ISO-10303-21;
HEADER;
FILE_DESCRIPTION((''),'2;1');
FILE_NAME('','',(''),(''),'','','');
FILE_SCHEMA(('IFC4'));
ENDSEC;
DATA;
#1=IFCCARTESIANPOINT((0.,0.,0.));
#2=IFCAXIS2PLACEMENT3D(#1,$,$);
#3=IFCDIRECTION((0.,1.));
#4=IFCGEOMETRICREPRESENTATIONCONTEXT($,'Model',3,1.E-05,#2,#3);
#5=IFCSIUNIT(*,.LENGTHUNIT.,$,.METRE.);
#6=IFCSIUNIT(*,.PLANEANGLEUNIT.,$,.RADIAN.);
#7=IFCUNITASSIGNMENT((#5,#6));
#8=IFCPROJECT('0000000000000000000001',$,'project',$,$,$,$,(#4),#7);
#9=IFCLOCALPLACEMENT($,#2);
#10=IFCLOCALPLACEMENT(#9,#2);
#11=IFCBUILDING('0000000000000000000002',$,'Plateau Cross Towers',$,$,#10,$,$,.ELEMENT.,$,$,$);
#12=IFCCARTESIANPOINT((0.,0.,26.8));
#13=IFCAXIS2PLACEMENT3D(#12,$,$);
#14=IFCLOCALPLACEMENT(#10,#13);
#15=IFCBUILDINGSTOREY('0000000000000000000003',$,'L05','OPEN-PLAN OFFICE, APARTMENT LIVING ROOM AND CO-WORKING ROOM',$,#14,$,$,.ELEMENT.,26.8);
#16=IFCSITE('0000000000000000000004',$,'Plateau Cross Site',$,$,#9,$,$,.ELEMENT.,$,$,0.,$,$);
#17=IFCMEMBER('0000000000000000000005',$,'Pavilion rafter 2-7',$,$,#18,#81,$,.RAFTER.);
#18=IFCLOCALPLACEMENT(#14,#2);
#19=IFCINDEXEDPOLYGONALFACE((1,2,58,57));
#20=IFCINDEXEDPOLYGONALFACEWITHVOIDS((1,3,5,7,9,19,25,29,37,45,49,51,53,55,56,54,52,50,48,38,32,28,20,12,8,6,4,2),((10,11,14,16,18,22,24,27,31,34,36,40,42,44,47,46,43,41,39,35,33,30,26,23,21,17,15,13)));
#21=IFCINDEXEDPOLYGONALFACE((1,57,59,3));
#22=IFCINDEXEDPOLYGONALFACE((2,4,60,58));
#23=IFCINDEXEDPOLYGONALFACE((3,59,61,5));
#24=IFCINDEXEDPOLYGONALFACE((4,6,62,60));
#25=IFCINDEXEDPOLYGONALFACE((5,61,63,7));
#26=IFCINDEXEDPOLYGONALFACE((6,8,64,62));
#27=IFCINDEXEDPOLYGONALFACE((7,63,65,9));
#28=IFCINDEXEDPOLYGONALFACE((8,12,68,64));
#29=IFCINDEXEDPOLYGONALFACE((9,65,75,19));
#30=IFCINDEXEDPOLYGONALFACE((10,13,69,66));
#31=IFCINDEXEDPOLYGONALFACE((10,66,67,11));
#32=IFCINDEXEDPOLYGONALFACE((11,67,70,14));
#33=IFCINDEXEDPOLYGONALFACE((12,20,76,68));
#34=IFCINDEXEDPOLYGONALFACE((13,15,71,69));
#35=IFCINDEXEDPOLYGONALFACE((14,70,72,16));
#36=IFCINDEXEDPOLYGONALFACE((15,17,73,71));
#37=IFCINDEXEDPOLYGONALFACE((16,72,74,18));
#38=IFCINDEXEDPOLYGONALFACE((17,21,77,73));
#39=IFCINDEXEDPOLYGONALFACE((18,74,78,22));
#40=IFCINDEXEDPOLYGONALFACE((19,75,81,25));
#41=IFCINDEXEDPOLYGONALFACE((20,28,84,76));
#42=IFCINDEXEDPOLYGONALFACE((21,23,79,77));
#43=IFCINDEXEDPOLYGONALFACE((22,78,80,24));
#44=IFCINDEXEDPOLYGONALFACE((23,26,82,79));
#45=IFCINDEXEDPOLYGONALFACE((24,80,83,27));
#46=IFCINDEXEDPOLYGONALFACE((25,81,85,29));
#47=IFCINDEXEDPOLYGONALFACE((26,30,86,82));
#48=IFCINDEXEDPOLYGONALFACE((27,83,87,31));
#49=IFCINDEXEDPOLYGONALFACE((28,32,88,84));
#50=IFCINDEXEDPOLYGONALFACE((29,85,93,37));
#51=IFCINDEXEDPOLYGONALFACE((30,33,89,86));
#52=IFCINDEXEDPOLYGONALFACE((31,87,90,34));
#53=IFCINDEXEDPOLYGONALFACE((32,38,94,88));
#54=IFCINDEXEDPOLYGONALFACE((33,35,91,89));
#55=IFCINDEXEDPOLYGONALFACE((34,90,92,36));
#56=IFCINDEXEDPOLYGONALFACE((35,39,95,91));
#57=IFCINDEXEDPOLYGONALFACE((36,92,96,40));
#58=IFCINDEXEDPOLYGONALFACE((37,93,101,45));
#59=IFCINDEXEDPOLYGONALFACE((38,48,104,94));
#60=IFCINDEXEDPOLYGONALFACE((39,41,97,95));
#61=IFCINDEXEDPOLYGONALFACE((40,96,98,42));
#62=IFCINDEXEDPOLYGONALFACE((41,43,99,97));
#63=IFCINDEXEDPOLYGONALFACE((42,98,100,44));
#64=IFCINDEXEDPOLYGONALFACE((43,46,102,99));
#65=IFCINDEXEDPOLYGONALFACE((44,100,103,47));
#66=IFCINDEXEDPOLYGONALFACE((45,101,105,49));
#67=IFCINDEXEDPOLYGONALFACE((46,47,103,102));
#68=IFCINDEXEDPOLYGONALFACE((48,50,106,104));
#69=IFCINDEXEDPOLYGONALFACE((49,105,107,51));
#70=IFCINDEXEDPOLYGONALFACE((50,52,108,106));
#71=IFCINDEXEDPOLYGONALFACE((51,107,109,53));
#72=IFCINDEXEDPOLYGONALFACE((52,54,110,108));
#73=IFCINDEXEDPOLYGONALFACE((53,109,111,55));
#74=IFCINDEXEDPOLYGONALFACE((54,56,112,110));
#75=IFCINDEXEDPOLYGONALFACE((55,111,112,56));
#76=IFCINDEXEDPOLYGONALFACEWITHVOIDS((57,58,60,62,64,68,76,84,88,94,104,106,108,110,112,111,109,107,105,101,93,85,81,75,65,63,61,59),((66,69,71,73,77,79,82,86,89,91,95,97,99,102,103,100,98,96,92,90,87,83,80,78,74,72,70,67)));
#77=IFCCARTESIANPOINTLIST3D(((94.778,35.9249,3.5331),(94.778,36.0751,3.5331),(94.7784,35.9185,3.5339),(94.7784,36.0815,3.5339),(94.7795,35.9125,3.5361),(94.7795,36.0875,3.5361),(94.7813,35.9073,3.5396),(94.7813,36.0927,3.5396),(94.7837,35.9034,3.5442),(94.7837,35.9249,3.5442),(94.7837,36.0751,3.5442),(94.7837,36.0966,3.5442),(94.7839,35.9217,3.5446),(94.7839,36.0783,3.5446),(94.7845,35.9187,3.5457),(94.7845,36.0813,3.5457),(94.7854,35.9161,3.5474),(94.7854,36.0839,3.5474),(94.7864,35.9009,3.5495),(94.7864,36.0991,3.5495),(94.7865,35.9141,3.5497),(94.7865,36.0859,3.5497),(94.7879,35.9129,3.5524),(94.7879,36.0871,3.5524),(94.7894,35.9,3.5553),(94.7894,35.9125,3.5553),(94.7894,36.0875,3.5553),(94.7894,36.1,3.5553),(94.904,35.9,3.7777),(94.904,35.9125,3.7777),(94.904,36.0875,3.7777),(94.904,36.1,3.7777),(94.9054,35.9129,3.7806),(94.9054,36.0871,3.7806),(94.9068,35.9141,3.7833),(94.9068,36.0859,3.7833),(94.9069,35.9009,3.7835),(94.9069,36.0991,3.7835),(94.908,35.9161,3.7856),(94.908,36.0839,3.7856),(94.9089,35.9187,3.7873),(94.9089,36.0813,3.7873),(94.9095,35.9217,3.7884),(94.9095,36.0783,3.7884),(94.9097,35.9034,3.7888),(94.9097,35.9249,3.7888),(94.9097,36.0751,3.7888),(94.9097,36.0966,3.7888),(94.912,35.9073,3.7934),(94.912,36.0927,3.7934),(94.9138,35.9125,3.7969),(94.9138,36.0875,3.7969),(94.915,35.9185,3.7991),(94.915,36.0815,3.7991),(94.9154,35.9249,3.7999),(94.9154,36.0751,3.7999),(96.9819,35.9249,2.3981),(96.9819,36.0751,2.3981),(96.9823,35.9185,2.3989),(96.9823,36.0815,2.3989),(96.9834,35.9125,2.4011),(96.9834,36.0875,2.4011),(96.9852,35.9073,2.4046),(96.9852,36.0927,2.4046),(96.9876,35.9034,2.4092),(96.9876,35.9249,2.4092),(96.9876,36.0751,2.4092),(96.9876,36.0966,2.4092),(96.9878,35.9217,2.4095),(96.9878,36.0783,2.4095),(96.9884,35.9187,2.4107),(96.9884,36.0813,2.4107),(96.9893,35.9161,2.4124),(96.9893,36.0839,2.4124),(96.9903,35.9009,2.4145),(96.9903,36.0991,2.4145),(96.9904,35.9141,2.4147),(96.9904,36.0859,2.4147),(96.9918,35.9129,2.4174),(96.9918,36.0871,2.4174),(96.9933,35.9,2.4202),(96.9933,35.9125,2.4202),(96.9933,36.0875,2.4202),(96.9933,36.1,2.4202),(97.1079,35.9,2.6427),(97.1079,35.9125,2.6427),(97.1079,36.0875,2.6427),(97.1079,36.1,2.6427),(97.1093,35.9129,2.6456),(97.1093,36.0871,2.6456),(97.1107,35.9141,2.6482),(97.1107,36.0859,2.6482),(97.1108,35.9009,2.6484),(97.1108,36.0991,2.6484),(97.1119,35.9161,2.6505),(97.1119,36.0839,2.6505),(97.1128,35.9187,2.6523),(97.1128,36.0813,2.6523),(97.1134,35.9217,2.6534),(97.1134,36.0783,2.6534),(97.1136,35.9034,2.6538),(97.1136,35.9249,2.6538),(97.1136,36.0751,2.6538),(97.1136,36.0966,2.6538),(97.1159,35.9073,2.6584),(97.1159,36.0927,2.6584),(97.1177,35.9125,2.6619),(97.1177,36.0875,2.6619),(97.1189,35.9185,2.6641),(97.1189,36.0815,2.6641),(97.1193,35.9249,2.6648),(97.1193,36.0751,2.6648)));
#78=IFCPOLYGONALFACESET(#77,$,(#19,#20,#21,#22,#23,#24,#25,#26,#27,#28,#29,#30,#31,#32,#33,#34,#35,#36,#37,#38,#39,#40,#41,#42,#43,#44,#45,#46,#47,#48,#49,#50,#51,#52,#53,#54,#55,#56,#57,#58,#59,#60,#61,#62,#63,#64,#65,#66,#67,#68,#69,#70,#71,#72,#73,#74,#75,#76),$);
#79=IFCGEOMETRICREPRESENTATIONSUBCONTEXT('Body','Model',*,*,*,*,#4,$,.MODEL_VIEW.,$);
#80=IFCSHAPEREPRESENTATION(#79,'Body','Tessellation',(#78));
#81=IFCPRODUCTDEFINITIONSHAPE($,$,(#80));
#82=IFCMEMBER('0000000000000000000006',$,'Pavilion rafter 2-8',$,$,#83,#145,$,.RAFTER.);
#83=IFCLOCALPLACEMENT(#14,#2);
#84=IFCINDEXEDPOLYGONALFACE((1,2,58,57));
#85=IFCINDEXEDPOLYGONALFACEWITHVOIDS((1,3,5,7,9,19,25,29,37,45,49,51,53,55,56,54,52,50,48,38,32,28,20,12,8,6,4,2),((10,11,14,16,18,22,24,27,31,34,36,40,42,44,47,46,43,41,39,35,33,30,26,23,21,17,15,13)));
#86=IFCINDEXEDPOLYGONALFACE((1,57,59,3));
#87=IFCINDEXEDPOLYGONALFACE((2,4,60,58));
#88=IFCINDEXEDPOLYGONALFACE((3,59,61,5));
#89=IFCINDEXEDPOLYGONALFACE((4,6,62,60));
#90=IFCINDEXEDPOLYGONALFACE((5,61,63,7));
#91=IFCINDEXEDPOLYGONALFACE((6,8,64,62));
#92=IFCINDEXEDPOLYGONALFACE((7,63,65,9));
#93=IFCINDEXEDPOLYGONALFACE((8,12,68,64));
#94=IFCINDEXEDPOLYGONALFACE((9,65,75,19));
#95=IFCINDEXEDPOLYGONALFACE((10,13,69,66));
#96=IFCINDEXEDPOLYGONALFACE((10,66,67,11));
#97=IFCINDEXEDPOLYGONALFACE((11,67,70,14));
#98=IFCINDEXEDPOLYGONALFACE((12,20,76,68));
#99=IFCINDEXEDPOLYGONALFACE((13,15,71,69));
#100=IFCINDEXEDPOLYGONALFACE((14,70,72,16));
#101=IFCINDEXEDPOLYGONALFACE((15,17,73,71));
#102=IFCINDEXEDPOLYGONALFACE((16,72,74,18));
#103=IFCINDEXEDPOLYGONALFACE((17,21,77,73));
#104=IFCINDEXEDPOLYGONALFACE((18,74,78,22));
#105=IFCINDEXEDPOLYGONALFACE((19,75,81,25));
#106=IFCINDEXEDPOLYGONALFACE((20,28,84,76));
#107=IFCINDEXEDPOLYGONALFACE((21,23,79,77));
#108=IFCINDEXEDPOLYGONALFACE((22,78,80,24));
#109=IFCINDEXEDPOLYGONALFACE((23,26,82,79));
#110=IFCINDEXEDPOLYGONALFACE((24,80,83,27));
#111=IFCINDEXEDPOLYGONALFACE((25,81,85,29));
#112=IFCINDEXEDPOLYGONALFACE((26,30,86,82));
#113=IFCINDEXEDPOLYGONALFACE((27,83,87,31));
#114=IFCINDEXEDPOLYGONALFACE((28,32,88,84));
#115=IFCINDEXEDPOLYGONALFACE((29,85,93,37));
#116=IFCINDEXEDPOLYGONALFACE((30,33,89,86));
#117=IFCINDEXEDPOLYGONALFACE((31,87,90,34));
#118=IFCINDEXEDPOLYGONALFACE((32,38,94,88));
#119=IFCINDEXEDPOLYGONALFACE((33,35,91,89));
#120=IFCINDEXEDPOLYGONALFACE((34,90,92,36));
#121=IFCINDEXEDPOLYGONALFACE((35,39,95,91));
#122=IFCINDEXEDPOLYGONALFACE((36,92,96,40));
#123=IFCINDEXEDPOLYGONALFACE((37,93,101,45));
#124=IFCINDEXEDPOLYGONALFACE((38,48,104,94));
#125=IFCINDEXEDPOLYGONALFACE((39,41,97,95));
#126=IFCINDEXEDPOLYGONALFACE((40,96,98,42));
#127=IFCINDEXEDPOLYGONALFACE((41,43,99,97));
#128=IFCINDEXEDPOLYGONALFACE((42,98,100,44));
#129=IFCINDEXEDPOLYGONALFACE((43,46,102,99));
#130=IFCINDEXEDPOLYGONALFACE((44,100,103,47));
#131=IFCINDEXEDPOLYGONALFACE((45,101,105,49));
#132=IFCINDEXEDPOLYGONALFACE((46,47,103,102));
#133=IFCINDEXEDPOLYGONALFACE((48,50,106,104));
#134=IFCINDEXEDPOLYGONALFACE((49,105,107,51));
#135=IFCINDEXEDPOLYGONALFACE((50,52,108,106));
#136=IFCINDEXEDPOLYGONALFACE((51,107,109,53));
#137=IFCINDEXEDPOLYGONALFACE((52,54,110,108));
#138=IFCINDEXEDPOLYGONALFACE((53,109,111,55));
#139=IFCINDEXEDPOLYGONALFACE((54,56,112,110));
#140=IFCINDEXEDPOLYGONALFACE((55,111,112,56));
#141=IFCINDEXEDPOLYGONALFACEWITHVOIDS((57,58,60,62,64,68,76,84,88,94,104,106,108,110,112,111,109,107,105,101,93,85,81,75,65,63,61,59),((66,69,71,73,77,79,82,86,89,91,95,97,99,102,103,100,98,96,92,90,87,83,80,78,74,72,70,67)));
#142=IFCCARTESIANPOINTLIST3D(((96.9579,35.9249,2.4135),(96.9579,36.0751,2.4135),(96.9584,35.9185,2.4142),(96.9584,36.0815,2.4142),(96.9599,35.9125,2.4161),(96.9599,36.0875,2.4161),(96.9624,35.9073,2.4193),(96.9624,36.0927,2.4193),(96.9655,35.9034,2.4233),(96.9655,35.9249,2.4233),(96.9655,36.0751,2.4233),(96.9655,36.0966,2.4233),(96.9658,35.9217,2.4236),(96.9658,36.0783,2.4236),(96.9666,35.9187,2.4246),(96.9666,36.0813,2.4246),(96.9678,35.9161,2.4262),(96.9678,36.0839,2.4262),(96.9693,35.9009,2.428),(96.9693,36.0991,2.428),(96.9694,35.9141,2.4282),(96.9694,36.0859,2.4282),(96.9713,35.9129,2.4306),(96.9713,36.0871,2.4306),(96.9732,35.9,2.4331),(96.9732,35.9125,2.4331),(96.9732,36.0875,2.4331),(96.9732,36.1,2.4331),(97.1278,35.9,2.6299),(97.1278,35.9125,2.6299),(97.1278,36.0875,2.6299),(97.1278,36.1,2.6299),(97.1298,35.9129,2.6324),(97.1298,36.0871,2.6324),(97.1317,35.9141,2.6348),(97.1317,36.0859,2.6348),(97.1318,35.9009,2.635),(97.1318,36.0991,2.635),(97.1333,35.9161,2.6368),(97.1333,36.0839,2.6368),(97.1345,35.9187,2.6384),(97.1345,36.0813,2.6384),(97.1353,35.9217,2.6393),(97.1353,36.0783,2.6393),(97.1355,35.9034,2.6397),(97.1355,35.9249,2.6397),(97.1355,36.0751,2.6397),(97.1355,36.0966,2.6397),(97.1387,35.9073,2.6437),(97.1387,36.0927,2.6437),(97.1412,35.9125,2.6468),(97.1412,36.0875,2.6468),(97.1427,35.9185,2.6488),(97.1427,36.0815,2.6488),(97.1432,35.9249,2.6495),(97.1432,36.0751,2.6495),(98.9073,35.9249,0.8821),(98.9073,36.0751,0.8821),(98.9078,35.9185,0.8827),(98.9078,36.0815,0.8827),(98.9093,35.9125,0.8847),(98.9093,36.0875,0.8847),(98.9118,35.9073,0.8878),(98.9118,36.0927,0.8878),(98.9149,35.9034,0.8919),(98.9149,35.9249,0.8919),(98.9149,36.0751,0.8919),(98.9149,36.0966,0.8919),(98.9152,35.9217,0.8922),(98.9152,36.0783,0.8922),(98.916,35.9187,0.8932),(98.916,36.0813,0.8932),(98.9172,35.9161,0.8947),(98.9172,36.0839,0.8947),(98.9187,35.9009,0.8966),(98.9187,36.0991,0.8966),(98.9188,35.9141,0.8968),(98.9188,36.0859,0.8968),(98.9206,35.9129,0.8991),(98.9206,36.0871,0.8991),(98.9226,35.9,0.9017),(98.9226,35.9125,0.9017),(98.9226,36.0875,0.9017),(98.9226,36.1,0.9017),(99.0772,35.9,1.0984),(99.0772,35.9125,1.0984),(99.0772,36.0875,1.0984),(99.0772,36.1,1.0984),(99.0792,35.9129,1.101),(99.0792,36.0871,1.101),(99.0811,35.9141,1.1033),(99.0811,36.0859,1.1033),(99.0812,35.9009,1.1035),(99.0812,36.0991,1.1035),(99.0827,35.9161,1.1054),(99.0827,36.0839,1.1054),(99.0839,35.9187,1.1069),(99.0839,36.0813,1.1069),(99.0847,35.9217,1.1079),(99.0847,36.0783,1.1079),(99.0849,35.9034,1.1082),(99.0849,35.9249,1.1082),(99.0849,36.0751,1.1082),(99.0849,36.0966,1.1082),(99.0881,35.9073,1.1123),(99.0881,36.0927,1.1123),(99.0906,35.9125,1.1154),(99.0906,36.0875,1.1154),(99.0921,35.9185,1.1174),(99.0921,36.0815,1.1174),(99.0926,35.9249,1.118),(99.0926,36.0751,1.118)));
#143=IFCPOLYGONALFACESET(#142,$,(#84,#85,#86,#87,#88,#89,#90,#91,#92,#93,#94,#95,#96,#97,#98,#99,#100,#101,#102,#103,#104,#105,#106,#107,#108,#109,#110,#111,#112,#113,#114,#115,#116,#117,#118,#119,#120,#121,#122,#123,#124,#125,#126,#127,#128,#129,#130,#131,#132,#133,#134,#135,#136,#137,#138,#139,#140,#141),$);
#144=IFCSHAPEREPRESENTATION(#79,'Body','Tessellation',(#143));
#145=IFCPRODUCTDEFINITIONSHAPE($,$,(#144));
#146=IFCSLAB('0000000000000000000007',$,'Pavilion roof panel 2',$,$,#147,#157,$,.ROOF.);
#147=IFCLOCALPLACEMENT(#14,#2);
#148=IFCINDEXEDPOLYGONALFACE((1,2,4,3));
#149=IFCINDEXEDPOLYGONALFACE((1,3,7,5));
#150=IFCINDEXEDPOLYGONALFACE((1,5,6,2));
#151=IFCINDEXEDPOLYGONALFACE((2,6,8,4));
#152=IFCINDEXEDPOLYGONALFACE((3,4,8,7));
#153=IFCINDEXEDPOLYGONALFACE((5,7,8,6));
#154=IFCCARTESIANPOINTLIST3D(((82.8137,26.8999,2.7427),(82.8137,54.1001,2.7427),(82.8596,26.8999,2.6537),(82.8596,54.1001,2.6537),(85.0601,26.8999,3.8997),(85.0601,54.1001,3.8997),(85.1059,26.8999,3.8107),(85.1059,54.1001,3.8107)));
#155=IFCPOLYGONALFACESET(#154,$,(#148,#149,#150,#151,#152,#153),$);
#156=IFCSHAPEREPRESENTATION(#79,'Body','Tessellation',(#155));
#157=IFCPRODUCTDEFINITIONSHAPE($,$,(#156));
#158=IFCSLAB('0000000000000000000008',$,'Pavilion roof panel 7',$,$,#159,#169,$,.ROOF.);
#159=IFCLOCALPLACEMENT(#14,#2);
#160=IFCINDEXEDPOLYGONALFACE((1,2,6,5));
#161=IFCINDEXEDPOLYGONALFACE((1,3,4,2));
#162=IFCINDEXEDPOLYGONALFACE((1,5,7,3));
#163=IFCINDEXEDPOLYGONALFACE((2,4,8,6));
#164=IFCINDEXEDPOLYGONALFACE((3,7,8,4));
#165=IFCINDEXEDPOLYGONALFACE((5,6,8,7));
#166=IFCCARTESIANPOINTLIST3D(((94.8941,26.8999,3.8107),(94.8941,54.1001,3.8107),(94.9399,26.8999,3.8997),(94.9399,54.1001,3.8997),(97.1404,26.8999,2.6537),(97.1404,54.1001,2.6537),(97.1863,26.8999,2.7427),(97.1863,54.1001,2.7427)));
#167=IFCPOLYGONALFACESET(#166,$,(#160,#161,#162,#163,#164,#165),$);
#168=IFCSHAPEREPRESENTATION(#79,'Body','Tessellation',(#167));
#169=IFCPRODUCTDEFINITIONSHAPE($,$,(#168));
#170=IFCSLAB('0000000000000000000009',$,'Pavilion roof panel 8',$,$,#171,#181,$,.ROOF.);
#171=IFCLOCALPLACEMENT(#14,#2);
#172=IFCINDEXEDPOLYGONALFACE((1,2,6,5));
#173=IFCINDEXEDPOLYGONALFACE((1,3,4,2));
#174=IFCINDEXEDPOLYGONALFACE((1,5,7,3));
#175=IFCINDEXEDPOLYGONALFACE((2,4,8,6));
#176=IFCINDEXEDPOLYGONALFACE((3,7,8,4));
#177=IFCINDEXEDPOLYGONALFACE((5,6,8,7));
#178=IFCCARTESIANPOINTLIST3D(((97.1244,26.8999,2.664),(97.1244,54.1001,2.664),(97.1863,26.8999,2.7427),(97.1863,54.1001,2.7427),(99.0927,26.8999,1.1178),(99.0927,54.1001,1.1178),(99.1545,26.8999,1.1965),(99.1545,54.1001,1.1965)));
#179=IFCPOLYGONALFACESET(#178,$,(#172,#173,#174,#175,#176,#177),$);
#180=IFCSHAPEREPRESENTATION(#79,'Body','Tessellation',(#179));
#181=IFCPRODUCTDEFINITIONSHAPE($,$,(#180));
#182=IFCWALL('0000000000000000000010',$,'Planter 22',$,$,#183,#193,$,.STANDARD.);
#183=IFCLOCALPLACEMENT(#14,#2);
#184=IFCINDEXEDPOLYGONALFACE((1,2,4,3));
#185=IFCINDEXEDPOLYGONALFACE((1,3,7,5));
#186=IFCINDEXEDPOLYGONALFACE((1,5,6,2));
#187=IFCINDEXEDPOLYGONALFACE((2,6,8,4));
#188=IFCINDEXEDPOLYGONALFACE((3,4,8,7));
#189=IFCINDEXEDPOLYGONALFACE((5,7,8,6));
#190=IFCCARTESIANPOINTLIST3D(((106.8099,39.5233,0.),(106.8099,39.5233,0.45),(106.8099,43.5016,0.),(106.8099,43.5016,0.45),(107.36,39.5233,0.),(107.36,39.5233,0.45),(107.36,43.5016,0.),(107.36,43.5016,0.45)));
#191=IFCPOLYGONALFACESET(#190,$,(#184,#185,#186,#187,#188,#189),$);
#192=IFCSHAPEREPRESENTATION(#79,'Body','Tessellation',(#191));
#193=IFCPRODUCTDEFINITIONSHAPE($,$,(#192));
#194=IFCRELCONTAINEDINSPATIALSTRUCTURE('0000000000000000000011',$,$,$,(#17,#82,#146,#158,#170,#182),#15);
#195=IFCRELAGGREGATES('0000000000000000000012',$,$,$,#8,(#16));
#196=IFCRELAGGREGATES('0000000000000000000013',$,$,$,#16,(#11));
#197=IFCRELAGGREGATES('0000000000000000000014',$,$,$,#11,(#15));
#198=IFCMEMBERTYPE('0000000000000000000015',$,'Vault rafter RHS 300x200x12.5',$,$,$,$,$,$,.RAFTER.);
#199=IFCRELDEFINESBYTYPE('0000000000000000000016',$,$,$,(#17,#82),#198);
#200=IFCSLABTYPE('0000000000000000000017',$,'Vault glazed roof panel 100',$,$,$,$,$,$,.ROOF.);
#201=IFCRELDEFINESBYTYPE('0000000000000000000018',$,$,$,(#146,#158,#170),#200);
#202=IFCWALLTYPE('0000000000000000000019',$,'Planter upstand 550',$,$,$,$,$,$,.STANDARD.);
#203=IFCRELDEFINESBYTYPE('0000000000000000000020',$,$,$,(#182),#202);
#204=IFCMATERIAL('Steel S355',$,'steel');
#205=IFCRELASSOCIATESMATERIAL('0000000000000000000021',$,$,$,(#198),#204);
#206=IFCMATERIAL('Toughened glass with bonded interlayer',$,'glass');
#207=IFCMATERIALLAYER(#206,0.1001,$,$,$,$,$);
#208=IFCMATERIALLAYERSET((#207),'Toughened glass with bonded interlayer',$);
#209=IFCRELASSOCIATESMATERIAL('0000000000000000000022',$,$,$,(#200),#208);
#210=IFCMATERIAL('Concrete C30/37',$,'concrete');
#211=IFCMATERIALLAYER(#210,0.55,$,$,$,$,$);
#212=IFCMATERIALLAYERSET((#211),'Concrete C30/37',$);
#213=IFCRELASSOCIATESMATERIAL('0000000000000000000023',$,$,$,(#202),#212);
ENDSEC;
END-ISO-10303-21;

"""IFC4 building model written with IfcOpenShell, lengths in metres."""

from ifc_helpers import new_model, si_unit, direction, frame, frame_2d, origin, origin_2d, place, context, subcontext, project, spatial, polyline, rectangle, hollow_rectangle, outline, extrude, material, layer, layer_set, material_profile, profile_set, type_object, element, save


model = new_model("IFC4")

# Units and contexts
model_context = context("Model", 3, precision=1e-05, world=origin(), true_north=direction((0.0, 1.0)))
body_context = subcontext(model_context, "Body", "Model", "MODEL_VIEW")
ifc_project = project(units=[si_unit("LENGTHUNIT", "METRE"), si_unit("PLANEANGLEUNIT", "RADIAN")], contexts=[model_context])

# Site, building, storey
site_placement = place(None, origin())
site = spatial("IfcSite", under=ifc_project, at=site_placement, Name="Plateau Cross Site", CompositionType="ELEMENT", RefElevation=0.0)
building_placement = place(site_placement, origin())
building = spatial("IfcBuilding", under=site, at=building_placement, Name="Plateau Cross Towers", CompositionType="ELEMENT")
storey_placement = place(building_placement, frame((0.0, 0.0, 26.8)))
storey = spatial("IfcBuildingStorey", under=building, at=storey_placement, Name="L05", Description="OPEN-PLAN OFFICE, APARTMENT LIVING ROOM AND CO-WORKING ROOM", CompositionType="ELEMENT", Elevation=26.8)

# Shared definitions
ifc_material_1 = material(Name="Steel S355", Category="steel")

# Members
ifc_material_profile_1 = material_profile(ifc_material_1, hollow_rectangle(XDim=0.2, YDim=0.3, WallThickness=0.0125, InnerFilletRadius=0.0125, OuterFilletRadius=0.0249, at=origin_2d()), Name="RHS 300x200x12.5")
ifc_profile_set_1 = profile_set([ifc_material_profile_1], Name="Steel S355")
member_type = type_object("IfcMemberType", Name="Vault rafter RHS 300x200x12.5", PredefinedType="RAFTER", material=ifc_profile_set_1)
for number, where, z_axis, x_axis, name in (
    (1, (94.8467, 36.0, 3.6665), (0.889026, 0.0, -0.457858), (0.0, 1.0, 0.0), "Pavilion rafter 2-7"),
    (2, (97.0505, 36.0, 2.5315), (0.786363, 0.0, -0.617765), (0.0, 1.0, 0.0), "Pavilion rafter 2-8"),
):
    element("IfcMember", number, at=place(storey_placement, frame(where, z_axis=z_axis, x_axis=x_axis)), inside=storey, type_object=member_type, Name=name, PredefinedType="RAFTER", context=body_context, shape_type="SweptSolid", body=[
        extrude(hollow_rectangle(XDim=0.2, YDim=0.3, WallThickness=0.0125, InnerFilletRadius=0.0125, OuterFilletRadius=0.0249, at=origin_2d()), origin(), (0.0, 0.0, 1.0), 2.479),
    ])

# Slabs
ifc_material_2 = material(Name="Toughened glass with bonded interlayer", Category="glass")
ifc_layer_1 = layer(ifc_material_2, 0.1001)
ifc_layer_set_1 = layer_set([ifc_layer_1], Name="Toughened glass with bonded interlayer")
slab_type = type_object("IfcSlabType", Name="Vault glazed roof panel 100", PredefinedType="ROOF", material=ifc_layer_set_1)
for number, where, z_axis, x_axis, name in (
    (3, (82.8137, 26.8999, 2.7427), (-0.457887, 0.0, 0.88901), (0.88901, 0.0, 0.457887), "Pavilion roof panel 2"),
    (4, (94.9399, 26.8999, 3.8997), (0.457887, 0.0, 0.88901), (0.88901, 0.0, -0.457887), "Pavilion roof panel 7"),
):
    element("IfcSlab", number, at=place(storey_placement, frame(where, z_axis=z_axis, x_axis=x_axis)), inside=storey, type_object=slab_type, Name=name, PredefinedType="ROOF", context=body_context, shape_type="SweptSolid", body=[
        extrude(outline(polyline([(0.0, 0.0), (2.5268, 0.0), (2.5268, 27.2002), (0.0, 27.2002), (0.0, 0.0)])), origin(), (0.0, 0.0, -1.0), 0.1001),
    ])
slab_placement = place(storey_placement, frame((97.1863, 26.8999, 2.7427), z_axis=(0.617735, 0.0, 0.786386), x_axis=(0.786386, 0.0, -0.617735)))
element("IfcSlab", 5, at=slab_placement, inside=storey, type_object=slab_type, Name="Pavilion roof panel 8", PredefinedType="ROOF", context=body_context, shape_type="SweptSolid", body=[
    extrude(outline(polyline([(0.0, 0.0), (2.5029, 0.0), (2.5029, 27.2002), (0.0, 27.2002), (0.0, 0.0)])), origin(), (0.0, 0.0, -1.0), 0.1001),
])

# Wall
ifc_material_3 = material(Name="Concrete C30/37", Category="concrete")
ifc_layer_2 = layer(ifc_material_3, 0.55)
ifc_layer_set_2 = layer_set([ifc_layer_2], Name="Concrete C30/37")
wall_type_1 = type_object("IfcWallType", Name="Planter upstand 550", PredefinedType="STANDARD", material=ifc_layer_set_2)
wall_1_placement = place(storey_placement, frame((107.085, 43.5017, 0.0), z_axis=(0.0, 0.0, 1.0), x_axis=(0.0, -1.0, 0.0)))
element("IfcWall", 6, at=wall_1_placement, inside=storey, type_object=wall_type_1, Name="Planter 22", PredefinedType="STANDARD", context=body_context, shape_type="SweptSolid", body=[
    extrude(rectangle(XDim=3.9783, YDim=0.55, at=frame_2d((1.9893, 0.0))), origin(), (0.0, 0.0, 1.0), 0.45),
])

save(model, "model.ifc")
